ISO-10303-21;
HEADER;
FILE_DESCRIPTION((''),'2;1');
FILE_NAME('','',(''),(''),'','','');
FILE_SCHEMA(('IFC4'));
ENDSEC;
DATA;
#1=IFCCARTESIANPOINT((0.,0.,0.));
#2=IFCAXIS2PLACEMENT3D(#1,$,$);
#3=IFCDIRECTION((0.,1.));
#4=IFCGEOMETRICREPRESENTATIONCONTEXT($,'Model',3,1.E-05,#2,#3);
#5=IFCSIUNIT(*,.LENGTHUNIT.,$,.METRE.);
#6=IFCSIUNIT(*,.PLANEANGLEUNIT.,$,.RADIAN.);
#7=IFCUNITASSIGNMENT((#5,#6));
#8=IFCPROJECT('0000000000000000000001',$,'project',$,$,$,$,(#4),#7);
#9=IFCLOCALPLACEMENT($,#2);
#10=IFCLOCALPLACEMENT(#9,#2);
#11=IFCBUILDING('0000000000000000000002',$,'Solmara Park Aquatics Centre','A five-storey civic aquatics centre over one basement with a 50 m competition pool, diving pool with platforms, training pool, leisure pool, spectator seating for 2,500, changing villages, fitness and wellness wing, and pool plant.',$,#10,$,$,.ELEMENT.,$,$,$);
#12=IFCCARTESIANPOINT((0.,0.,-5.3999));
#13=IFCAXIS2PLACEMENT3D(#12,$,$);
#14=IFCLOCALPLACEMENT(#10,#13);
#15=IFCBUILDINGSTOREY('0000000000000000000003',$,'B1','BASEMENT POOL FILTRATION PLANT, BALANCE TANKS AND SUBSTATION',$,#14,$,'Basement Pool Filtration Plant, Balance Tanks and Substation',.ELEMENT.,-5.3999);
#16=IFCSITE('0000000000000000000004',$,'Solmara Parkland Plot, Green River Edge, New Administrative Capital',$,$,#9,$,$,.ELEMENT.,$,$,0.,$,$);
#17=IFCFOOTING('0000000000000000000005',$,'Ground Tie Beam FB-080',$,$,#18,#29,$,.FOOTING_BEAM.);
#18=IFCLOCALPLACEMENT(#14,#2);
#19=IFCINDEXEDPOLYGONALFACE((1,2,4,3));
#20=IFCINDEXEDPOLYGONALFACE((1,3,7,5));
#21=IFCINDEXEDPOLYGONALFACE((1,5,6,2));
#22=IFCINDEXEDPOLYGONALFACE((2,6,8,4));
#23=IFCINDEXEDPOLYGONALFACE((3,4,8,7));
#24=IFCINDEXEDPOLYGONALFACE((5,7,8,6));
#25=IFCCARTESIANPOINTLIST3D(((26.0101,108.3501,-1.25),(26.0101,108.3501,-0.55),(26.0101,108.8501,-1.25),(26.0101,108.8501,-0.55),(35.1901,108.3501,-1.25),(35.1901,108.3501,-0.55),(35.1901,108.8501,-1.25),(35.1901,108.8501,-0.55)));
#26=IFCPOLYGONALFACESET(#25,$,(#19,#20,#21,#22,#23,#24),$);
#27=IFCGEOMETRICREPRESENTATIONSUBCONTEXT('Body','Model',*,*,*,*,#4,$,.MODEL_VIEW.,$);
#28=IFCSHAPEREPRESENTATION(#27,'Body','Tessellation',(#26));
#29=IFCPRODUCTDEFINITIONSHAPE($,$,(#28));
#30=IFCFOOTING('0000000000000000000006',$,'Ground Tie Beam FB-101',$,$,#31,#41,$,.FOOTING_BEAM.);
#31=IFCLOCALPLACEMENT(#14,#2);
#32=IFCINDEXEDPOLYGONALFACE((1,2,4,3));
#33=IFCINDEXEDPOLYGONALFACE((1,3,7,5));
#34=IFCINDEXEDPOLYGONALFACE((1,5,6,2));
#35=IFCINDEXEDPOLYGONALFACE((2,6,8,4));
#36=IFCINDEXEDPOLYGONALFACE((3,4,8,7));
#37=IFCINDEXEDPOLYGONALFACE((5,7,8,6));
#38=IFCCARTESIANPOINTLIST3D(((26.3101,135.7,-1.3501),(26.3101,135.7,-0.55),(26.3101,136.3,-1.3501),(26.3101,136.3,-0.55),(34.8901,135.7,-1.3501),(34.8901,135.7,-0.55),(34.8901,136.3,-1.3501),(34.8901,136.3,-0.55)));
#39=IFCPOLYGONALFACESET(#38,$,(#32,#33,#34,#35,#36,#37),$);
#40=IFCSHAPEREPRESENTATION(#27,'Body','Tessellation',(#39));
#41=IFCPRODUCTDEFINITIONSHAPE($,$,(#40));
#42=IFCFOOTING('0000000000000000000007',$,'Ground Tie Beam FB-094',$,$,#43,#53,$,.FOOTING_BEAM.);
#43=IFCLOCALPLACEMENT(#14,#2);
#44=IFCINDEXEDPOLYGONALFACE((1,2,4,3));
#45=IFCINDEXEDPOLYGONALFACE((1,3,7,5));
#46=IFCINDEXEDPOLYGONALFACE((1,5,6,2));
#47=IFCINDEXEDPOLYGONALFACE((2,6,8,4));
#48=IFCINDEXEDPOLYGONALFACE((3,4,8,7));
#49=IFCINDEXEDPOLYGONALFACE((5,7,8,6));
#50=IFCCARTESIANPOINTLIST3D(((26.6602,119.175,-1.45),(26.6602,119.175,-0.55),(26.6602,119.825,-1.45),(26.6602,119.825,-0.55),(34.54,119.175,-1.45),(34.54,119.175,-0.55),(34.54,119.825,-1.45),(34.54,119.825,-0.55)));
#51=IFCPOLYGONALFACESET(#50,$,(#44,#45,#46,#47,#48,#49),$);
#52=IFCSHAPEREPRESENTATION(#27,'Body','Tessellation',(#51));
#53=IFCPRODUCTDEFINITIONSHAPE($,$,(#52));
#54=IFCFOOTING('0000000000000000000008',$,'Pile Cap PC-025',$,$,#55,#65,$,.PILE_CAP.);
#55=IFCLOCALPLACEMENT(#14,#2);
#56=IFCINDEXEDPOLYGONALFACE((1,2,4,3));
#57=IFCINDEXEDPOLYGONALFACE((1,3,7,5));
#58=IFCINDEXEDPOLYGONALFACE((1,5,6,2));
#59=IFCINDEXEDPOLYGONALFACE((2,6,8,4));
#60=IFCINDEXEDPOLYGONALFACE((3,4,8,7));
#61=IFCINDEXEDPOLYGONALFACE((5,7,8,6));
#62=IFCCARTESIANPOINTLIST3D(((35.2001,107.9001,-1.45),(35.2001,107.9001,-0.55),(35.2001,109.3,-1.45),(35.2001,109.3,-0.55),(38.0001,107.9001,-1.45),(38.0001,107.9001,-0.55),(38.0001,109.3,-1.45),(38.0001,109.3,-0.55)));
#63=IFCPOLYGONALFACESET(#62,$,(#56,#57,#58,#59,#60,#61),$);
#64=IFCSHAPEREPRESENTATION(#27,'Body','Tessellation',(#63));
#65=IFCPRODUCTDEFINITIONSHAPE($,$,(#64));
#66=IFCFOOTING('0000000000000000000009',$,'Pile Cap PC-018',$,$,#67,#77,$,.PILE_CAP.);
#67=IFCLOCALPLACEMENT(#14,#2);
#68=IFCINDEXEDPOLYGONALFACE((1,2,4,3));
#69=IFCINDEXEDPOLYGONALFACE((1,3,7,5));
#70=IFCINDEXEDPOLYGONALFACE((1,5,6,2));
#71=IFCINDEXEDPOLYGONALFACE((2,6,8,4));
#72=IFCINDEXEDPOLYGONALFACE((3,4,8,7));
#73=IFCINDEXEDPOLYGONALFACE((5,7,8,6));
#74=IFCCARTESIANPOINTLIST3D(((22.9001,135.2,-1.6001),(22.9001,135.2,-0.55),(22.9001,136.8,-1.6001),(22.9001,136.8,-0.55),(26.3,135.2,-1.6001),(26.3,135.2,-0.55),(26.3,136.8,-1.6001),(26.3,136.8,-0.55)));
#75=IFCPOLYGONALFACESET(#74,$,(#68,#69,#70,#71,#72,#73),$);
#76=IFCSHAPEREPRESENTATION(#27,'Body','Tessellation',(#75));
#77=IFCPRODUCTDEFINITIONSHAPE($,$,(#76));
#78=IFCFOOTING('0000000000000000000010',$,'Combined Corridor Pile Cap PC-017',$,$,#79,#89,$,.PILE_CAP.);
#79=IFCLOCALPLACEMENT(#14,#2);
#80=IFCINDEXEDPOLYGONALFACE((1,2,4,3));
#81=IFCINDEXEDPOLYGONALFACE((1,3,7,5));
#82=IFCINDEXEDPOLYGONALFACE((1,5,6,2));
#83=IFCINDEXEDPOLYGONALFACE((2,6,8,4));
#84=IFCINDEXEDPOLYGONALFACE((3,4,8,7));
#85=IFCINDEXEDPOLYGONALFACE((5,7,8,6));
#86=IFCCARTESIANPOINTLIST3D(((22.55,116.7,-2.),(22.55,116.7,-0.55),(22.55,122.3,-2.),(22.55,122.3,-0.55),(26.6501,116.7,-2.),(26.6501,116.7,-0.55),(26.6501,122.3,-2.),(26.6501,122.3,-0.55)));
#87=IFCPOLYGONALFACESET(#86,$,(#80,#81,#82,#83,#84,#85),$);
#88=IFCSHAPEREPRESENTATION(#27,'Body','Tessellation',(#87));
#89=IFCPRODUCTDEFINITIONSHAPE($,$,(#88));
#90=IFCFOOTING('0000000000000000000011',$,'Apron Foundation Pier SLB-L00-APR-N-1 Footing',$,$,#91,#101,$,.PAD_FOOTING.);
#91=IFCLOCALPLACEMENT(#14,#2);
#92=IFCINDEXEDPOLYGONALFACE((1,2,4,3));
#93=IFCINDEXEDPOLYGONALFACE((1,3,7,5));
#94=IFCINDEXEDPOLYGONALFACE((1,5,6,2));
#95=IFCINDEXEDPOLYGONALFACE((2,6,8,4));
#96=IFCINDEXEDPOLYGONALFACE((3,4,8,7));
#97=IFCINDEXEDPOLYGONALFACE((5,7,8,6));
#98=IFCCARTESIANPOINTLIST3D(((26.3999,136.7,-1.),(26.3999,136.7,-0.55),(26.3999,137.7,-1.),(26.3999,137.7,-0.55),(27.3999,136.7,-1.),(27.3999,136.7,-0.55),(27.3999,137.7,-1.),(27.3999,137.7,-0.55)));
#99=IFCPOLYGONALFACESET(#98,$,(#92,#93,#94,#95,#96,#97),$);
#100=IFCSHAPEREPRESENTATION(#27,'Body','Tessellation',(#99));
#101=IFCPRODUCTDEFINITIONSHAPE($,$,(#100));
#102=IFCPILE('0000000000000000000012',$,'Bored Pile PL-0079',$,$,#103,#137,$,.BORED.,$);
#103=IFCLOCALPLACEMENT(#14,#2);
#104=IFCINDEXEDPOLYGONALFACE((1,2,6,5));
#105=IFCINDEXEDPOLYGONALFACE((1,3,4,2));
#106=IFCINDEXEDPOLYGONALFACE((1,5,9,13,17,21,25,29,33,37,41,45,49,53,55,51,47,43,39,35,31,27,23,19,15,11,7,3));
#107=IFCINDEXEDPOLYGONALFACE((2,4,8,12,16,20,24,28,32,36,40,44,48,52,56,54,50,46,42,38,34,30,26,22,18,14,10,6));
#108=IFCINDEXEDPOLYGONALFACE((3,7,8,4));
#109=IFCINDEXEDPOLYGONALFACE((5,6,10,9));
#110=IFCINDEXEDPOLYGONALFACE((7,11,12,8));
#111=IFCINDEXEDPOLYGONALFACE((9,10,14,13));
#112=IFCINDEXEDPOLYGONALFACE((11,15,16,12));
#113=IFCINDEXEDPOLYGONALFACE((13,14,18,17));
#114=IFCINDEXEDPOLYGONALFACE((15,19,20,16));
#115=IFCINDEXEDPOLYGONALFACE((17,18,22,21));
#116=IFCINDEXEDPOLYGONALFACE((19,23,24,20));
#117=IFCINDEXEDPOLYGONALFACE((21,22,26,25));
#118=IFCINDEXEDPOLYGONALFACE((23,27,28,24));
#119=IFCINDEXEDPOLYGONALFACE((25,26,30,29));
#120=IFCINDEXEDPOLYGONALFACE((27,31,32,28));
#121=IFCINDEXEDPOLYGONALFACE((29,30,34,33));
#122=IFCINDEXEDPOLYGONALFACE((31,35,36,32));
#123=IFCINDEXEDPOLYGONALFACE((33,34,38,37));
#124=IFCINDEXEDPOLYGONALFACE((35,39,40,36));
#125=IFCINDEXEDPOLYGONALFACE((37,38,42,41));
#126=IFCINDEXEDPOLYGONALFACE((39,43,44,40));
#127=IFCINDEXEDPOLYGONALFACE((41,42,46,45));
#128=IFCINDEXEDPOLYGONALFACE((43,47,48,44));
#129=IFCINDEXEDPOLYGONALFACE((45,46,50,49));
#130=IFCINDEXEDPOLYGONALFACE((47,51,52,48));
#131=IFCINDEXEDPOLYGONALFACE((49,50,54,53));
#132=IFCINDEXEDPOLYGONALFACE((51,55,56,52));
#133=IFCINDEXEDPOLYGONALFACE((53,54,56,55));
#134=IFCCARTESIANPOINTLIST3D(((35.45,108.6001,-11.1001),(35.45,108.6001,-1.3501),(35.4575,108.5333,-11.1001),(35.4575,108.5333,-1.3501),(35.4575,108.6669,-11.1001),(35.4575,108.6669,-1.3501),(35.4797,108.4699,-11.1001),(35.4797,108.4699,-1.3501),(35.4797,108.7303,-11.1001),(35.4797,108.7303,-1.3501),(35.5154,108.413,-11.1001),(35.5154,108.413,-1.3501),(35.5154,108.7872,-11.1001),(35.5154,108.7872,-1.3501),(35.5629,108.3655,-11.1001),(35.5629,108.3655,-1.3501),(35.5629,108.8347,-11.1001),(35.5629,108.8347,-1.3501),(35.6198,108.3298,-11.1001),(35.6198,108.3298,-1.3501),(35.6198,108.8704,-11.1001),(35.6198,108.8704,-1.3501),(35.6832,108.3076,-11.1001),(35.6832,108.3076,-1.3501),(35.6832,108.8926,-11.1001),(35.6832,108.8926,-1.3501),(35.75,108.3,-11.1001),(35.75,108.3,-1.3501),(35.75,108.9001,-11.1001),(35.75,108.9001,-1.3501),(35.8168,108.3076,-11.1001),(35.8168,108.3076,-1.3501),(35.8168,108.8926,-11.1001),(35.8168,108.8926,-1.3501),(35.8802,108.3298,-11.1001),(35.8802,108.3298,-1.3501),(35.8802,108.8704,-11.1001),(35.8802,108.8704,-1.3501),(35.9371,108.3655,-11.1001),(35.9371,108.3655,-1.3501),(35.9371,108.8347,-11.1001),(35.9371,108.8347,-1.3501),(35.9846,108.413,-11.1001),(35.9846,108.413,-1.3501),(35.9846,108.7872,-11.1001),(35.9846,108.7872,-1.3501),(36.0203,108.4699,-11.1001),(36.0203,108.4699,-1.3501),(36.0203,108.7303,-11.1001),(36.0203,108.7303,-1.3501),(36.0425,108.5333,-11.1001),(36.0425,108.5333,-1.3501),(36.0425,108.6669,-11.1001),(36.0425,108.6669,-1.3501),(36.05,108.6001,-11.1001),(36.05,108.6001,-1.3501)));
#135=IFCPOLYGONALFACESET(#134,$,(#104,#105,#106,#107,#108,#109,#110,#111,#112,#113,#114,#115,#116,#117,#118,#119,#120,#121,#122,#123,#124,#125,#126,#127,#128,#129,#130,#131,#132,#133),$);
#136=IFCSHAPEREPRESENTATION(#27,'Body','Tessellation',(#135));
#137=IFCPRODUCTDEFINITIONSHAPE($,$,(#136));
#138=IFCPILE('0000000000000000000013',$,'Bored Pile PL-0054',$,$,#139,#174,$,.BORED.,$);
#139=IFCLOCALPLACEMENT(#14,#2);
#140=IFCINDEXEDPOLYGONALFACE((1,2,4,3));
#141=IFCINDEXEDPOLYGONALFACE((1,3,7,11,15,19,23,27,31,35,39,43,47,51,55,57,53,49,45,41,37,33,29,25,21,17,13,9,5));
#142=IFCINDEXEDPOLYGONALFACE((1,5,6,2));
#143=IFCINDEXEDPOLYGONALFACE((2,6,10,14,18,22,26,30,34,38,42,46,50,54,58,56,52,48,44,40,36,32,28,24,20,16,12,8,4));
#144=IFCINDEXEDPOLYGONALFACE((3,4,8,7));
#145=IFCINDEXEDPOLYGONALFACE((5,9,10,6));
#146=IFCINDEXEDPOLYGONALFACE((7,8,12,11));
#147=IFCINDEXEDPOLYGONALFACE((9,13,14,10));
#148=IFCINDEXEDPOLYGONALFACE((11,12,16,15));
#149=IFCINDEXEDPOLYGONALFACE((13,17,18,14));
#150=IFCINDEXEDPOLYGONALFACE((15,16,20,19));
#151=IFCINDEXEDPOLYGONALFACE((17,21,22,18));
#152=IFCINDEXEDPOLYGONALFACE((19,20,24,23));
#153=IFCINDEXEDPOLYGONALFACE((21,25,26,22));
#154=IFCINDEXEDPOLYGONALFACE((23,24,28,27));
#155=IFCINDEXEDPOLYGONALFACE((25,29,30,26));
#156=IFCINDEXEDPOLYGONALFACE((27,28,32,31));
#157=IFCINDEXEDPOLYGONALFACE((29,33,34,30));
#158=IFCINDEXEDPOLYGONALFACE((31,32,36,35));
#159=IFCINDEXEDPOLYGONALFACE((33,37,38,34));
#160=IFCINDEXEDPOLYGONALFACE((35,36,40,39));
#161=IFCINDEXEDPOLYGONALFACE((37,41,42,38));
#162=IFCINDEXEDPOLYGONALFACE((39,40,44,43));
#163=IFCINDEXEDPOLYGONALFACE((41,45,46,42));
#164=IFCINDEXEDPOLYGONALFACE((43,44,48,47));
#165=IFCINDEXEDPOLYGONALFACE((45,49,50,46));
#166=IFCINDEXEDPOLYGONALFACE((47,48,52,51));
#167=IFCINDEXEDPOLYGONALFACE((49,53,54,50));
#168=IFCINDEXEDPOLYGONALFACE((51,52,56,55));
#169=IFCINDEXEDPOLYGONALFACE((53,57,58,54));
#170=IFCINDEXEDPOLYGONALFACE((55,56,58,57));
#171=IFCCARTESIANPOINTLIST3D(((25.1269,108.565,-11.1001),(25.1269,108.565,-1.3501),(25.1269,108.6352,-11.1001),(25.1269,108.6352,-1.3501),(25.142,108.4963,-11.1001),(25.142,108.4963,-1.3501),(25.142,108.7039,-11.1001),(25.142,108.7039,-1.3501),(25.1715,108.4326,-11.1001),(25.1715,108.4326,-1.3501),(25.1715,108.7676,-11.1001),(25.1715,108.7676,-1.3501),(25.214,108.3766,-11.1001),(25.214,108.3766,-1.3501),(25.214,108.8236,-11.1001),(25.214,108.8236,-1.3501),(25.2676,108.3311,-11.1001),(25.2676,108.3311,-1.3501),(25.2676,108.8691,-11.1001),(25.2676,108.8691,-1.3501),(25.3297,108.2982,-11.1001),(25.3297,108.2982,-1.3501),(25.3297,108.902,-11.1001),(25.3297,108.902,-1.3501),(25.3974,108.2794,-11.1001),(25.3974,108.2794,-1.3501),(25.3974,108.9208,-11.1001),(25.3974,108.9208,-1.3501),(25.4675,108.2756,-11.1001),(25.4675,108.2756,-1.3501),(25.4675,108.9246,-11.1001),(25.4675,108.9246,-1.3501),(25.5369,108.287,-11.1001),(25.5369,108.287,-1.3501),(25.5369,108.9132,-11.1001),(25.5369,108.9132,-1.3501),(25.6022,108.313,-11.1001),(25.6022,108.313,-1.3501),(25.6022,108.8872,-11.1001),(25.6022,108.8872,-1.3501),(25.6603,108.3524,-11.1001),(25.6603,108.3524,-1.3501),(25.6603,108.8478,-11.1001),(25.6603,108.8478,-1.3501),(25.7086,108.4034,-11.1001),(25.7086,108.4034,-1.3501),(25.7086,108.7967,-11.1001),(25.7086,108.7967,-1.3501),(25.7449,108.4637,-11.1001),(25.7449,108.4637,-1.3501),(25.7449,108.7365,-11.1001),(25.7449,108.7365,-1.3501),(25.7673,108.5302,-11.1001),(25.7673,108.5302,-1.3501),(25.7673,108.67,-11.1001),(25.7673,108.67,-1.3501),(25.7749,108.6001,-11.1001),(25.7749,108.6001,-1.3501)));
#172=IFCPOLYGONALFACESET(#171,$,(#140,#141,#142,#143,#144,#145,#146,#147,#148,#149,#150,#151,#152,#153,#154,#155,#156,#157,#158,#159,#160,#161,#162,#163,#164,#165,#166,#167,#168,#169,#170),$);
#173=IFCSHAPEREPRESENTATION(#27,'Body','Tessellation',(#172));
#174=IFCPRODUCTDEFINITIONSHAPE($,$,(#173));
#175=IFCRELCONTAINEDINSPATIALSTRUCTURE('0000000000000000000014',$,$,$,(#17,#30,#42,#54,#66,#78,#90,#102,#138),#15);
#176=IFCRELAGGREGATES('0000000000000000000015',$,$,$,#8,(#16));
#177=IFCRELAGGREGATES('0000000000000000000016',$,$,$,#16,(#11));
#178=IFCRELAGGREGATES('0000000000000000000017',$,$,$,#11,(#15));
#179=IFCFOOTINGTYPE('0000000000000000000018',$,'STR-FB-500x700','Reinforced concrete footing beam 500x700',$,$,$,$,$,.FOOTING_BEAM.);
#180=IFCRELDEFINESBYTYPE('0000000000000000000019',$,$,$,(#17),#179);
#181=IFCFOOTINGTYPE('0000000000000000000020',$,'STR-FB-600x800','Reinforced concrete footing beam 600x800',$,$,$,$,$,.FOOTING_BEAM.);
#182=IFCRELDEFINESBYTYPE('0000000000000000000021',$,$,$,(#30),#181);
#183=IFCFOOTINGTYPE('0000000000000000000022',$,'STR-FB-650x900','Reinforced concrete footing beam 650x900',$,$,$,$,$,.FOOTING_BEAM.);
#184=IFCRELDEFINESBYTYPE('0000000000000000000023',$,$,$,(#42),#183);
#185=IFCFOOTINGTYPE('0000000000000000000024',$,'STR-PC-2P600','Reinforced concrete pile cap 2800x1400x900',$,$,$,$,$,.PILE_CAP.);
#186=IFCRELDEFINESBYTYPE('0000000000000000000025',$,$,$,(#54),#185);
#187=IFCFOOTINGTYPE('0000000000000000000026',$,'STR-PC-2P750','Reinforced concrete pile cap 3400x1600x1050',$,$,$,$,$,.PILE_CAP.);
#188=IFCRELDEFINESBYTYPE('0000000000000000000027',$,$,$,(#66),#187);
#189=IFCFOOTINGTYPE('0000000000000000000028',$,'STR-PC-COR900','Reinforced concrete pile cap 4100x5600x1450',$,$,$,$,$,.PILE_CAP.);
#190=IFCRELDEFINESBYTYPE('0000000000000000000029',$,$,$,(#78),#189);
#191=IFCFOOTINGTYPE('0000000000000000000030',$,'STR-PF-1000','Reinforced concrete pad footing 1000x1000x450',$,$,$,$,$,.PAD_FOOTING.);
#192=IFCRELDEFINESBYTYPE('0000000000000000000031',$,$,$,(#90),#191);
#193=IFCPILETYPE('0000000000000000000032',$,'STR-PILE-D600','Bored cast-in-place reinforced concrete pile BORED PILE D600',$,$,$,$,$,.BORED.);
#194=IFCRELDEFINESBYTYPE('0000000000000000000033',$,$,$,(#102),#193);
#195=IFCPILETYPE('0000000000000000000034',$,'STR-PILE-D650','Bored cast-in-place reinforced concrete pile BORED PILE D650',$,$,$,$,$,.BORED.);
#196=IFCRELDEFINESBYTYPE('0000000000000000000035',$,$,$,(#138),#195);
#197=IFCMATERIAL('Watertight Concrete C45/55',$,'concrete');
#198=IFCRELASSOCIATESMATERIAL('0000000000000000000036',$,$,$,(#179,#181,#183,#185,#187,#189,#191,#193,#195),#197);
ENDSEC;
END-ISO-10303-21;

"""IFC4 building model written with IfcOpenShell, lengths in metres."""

from ifc_helpers import new_model, si_unit, direction, frame, origin, origin_2d, place, context, subcontext, project, spatial, rectangle, circle, extrude, material, material_profile, profile_set, type_object, element, save


model = new_model("IFC4")

# Units and contexts
model_context = context("Model", 3, precision=1e-05, world=origin(), true_north=direction((0.0, 1.0)))
body_context = subcontext(model_context, "Body", "Model", "MODEL_VIEW")
ifc_project = project(units=[si_unit("LENGTHUNIT", "METRE"), si_unit("PLANEANGLEUNIT", "RADIAN")], contexts=[model_context])

# Site, building, storey
site_placement = place(None, origin())
site = spatial("IfcSite", under=ifc_project, at=site_placement, Name="Solmara Parkland Plot, Green River Edge, New Administrative Capital", CompositionType="ELEMENT", RefElevation=0.0)
building_placement = place(site_placement, origin())
building = spatial("IfcBuilding", under=site, at=building_placement, Name="Solmara Park Aquatics Centre", Description="A five-storey civic aquatics centre over one basement with a 50 m competition pool, diving pool with platforms, training pool, leisure pool, spectator seating for 2,500, changing villages, fitness and wellness wing, and pool plant.", CompositionType="ELEMENT")
storey_placement = place(building_placement, frame((0.0, 0.0, -5.3999)))
storey = spatial("IfcBuildingStorey", under=building, at=storey_placement, Name="B1", Description="BASEMENT POOL FILTRATION PLANT, BALANCE TANKS AND SUBSTATION", LongName="Basement Pool Filtration Plant, Balance Tanks and Substation", CompositionType="ELEMENT", Elevation=-5.3999)

# Footings
ifc_material_1 = material(Name="Watertight Concrete C45/55", Category="concrete")
footing_type_1 = type_object("IfcFootingType", Name="STR-FB-500x700", Description="Reinforced concrete footing beam 500x700", PredefinedType="FOOTING_BEAM", material=ifc_material_1)
footing_1_placement = place(storey_placement, frame((30.6001, 108.6001, -1.25), z_axis=(0.0, 0.0, 1.0), x_axis=(1.0, 0.0, 0.0)))
element("IfcFooting", 1, at=footing_1_placement, inside=storey, type_object=footing_type_1, Name="Ground Tie Beam FB-080", PredefinedType="FOOTING_BEAM", context=body_context, shape_type="SweptSolid", body=[
    extrude(rectangle(XDim=9.1799, YDim=0.5, at=origin_2d()), origin(), (0.0, 0.0, 1.0), 0.7),
])
footing_type_2 = type_object("IfcFootingType", Name="STR-FB-600x800", Description="Reinforced concrete footing beam 600x800", PredefinedType="FOOTING_BEAM", material=ifc_material_1)
footing_2_placement = place(storey_placement, frame((30.6001, 136.0, -1.3501), z_axis=(0.0, 0.0, 1.0), x_axis=(1.0, 0.0, 0.0)))
element("IfcFooting", 2, at=footing_2_placement, inside=storey, type_object=footing_type_2, Name="Ground Tie Beam FB-101", PredefinedType="FOOTING_BEAM", context=body_context, shape_type="SweptSolid", body=[
    extrude(rectangle(XDim=8.5801, YDim=0.6001, at=origin_2d()), origin(), (0.0, 0.0, 1.0), 0.8),
])
footing_type_3 = type_object("IfcFootingType", Name="STR-FB-650x900", Description="Reinforced concrete footing beam 650x900", PredefinedType="FOOTING_BEAM", material=ifc_material_1)
footing_3_placement = place(storey_placement, frame((30.6001, 119.5, -1.45), z_axis=(0.0, 0.0, 1.0), x_axis=(1.0, 0.0, 0.0)))
element("IfcFooting", 3, at=footing_3_placement, inside=storey, type_object=footing_type_3, Name="Ground Tie Beam FB-094", PredefinedType="FOOTING_BEAM", context=body_context, shape_type="SweptSolid", body=[
    extrude(rectangle(XDim=7.8799, YDim=0.6499, at=origin_2d()), origin(), (0.0, 0.0, 1.0), 0.8999),
])
footing_type_4 = type_object("IfcFootingType", Name="STR-PC-2P600", Description="Reinforced concrete pile cap 2800x1400x900", PredefinedType="PILE_CAP", material=ifc_material_1)
footing_4_placement = place(storey_placement, frame((36.6001, 108.6001, -1.45), z_axis=(0.0, 0.0, 1.0), x_axis=(1.0, 0.0, 0.0)))
element("IfcFooting", 4, at=footing_4_placement, inside=storey, type_object=footing_type_4, Name="Pile Cap PC-025", PredefinedType="PILE_CAP", context=body_context, shape_type="SweptSolid", body=[
    extrude(rectangle(XDim=2.8, YDim=1.3999, at=origin_2d()), origin(), (0.0, 0.0, 1.0), 0.8999),
])
footing_type_5 = type_object("IfcFootingType", Name="STR-PC-2P750", Description="Reinforced concrete pile cap 3400x1600x1050", PredefinedType="PILE_CAP", material=ifc_material_1)
footing_5_placement = place(storey_placement, frame((24.6001, 136.0, -1.6001), z_axis=(0.0, 0.0, 1.0), x_axis=(1.0, 0.0, 0.0)))
element("IfcFooting", 5, at=footing_5_placement, inside=storey, type_object=footing_type_5, Name="Pile Cap PC-018", PredefinedType="PILE_CAP", context=body_context, shape_type="SweptSolid", body=[
    extrude(rectangle(XDim=3.3999, YDim=1.6001, at=origin_2d()), origin(), (0.0, 0.0, 1.0), 1.05),
])
footing_type_6 = type_object("IfcFootingType", Name="STR-PC-COR900", Description="Reinforced concrete pile cap 4100x5600x1450", PredefinedType="PILE_CAP", material=ifc_material_1)
footing_6_placement = place(storey_placement, frame((24.6001, 119.5, -2.0), z_axis=(0.0, 0.0, 1.0), x_axis=(1.0, 0.0, 0.0)))
element("IfcFooting", 6, at=footing_6_placement, inside=storey, type_object=footing_type_6, Name="Combined Corridor Pile Cap PC-017", PredefinedType="PILE_CAP", context=body_context, shape_type="SweptSolid", body=[
    extrude(rectangle(XDim=4.1001, YDim=5.6001, at=origin_2d()), origin(), (0.0, 0.0, 1.0), 1.45),
])
footing_type_7 = type_object("IfcFootingType", Name="STR-PF-1000", Description="Reinforced concrete pad footing 1000x1000x450", PredefinedType="PAD_FOOTING", material=ifc_material_1)
footing_7_placement = place(storey_placement, frame((26.8999, 137.2, -1.0), z_axis=(0.0, 0.0, 1.0), x_axis=(1.0, 0.0, 0.0)))
element("IfcFooting", 7, at=footing_7_placement, inside=storey, type_object=footing_type_7, Name="Apron Foundation Pier SLB-L00-APR-N-1 Footing", PredefinedType="PAD_FOOTING", context=body_context, shape_type="SweptSolid", body=[
    extrude(rectangle(XDim=1.0, YDim=1.0, at=origin_2d()), origin(), (0.0, 0.0, 1.0), 0.45),
])

# Piles
ifc_material_profile_1 = material_profile(ifc_material_1, circle(Radius=0.3, at=origin_2d()), Name="BORED PILE D600")
ifc_profile_set_1 = profile_set([ifc_material_profile_1], Name="Watertight Concrete C45/55")
pile_type_1 = type_object("IfcPileType", Name="STR-PILE-D600", Description="Bored cast-in-place reinforced concrete pile BORED PILE D600", PredefinedType="BORED", material=ifc_profile_set_1)
pile_1_placement = place(storey_placement, frame((35.75, 108.6001, -1.3501), z_axis=(0.0, 0.0, -1.0), x_axis=(1.0, 0.0, 0.0)))
element("IfcPile", 8, at=pile_1_placement, inside=storey, type_object=pile_type_1, Name="Bored Pile PL-0079", PredefinedType="BORED", context=body_context, shape_type="SweptSolid", body=[
    extrude(circle(Radius=0.3, at=origin_2d()), origin(), (0.0, 0.0, 1.0), 9.75),
])
ifc_material_profile_2 = material_profile(ifc_material_1, circle(Radius=0.325, at=origin_2d()), Name="BORED PILE D650")
ifc_profile_set_2 = profile_set([ifc_material_profile_2], Name="Watertight Concrete C45/55")
pile_type_2 = type_object("IfcPileType", Name="STR-PILE-D650", Description="Bored cast-in-place reinforced concrete pile BORED PILE D650", PredefinedType="BORED", material=ifc_profile_set_2)
pile_2_placement = place(storey_placement, frame((25.45, 108.6001, -1.3501), z_axis=(0.0, 0.0, -1.0), x_axis=(1.0, 0.0, 0.0)))
element("IfcPile", 9, at=pile_2_placement, inside=storey, type_object=pile_type_2, Name="Bored Pile PL-0054", PredefinedType="BORED", context=body_context, shape_type="SweptSolid", body=[
    extrude(circle(Radius=0.325, at=origin_2d()), origin(), (0.0, 0.0, 1.0), 9.75),
])

save(model, "model.ifc")
